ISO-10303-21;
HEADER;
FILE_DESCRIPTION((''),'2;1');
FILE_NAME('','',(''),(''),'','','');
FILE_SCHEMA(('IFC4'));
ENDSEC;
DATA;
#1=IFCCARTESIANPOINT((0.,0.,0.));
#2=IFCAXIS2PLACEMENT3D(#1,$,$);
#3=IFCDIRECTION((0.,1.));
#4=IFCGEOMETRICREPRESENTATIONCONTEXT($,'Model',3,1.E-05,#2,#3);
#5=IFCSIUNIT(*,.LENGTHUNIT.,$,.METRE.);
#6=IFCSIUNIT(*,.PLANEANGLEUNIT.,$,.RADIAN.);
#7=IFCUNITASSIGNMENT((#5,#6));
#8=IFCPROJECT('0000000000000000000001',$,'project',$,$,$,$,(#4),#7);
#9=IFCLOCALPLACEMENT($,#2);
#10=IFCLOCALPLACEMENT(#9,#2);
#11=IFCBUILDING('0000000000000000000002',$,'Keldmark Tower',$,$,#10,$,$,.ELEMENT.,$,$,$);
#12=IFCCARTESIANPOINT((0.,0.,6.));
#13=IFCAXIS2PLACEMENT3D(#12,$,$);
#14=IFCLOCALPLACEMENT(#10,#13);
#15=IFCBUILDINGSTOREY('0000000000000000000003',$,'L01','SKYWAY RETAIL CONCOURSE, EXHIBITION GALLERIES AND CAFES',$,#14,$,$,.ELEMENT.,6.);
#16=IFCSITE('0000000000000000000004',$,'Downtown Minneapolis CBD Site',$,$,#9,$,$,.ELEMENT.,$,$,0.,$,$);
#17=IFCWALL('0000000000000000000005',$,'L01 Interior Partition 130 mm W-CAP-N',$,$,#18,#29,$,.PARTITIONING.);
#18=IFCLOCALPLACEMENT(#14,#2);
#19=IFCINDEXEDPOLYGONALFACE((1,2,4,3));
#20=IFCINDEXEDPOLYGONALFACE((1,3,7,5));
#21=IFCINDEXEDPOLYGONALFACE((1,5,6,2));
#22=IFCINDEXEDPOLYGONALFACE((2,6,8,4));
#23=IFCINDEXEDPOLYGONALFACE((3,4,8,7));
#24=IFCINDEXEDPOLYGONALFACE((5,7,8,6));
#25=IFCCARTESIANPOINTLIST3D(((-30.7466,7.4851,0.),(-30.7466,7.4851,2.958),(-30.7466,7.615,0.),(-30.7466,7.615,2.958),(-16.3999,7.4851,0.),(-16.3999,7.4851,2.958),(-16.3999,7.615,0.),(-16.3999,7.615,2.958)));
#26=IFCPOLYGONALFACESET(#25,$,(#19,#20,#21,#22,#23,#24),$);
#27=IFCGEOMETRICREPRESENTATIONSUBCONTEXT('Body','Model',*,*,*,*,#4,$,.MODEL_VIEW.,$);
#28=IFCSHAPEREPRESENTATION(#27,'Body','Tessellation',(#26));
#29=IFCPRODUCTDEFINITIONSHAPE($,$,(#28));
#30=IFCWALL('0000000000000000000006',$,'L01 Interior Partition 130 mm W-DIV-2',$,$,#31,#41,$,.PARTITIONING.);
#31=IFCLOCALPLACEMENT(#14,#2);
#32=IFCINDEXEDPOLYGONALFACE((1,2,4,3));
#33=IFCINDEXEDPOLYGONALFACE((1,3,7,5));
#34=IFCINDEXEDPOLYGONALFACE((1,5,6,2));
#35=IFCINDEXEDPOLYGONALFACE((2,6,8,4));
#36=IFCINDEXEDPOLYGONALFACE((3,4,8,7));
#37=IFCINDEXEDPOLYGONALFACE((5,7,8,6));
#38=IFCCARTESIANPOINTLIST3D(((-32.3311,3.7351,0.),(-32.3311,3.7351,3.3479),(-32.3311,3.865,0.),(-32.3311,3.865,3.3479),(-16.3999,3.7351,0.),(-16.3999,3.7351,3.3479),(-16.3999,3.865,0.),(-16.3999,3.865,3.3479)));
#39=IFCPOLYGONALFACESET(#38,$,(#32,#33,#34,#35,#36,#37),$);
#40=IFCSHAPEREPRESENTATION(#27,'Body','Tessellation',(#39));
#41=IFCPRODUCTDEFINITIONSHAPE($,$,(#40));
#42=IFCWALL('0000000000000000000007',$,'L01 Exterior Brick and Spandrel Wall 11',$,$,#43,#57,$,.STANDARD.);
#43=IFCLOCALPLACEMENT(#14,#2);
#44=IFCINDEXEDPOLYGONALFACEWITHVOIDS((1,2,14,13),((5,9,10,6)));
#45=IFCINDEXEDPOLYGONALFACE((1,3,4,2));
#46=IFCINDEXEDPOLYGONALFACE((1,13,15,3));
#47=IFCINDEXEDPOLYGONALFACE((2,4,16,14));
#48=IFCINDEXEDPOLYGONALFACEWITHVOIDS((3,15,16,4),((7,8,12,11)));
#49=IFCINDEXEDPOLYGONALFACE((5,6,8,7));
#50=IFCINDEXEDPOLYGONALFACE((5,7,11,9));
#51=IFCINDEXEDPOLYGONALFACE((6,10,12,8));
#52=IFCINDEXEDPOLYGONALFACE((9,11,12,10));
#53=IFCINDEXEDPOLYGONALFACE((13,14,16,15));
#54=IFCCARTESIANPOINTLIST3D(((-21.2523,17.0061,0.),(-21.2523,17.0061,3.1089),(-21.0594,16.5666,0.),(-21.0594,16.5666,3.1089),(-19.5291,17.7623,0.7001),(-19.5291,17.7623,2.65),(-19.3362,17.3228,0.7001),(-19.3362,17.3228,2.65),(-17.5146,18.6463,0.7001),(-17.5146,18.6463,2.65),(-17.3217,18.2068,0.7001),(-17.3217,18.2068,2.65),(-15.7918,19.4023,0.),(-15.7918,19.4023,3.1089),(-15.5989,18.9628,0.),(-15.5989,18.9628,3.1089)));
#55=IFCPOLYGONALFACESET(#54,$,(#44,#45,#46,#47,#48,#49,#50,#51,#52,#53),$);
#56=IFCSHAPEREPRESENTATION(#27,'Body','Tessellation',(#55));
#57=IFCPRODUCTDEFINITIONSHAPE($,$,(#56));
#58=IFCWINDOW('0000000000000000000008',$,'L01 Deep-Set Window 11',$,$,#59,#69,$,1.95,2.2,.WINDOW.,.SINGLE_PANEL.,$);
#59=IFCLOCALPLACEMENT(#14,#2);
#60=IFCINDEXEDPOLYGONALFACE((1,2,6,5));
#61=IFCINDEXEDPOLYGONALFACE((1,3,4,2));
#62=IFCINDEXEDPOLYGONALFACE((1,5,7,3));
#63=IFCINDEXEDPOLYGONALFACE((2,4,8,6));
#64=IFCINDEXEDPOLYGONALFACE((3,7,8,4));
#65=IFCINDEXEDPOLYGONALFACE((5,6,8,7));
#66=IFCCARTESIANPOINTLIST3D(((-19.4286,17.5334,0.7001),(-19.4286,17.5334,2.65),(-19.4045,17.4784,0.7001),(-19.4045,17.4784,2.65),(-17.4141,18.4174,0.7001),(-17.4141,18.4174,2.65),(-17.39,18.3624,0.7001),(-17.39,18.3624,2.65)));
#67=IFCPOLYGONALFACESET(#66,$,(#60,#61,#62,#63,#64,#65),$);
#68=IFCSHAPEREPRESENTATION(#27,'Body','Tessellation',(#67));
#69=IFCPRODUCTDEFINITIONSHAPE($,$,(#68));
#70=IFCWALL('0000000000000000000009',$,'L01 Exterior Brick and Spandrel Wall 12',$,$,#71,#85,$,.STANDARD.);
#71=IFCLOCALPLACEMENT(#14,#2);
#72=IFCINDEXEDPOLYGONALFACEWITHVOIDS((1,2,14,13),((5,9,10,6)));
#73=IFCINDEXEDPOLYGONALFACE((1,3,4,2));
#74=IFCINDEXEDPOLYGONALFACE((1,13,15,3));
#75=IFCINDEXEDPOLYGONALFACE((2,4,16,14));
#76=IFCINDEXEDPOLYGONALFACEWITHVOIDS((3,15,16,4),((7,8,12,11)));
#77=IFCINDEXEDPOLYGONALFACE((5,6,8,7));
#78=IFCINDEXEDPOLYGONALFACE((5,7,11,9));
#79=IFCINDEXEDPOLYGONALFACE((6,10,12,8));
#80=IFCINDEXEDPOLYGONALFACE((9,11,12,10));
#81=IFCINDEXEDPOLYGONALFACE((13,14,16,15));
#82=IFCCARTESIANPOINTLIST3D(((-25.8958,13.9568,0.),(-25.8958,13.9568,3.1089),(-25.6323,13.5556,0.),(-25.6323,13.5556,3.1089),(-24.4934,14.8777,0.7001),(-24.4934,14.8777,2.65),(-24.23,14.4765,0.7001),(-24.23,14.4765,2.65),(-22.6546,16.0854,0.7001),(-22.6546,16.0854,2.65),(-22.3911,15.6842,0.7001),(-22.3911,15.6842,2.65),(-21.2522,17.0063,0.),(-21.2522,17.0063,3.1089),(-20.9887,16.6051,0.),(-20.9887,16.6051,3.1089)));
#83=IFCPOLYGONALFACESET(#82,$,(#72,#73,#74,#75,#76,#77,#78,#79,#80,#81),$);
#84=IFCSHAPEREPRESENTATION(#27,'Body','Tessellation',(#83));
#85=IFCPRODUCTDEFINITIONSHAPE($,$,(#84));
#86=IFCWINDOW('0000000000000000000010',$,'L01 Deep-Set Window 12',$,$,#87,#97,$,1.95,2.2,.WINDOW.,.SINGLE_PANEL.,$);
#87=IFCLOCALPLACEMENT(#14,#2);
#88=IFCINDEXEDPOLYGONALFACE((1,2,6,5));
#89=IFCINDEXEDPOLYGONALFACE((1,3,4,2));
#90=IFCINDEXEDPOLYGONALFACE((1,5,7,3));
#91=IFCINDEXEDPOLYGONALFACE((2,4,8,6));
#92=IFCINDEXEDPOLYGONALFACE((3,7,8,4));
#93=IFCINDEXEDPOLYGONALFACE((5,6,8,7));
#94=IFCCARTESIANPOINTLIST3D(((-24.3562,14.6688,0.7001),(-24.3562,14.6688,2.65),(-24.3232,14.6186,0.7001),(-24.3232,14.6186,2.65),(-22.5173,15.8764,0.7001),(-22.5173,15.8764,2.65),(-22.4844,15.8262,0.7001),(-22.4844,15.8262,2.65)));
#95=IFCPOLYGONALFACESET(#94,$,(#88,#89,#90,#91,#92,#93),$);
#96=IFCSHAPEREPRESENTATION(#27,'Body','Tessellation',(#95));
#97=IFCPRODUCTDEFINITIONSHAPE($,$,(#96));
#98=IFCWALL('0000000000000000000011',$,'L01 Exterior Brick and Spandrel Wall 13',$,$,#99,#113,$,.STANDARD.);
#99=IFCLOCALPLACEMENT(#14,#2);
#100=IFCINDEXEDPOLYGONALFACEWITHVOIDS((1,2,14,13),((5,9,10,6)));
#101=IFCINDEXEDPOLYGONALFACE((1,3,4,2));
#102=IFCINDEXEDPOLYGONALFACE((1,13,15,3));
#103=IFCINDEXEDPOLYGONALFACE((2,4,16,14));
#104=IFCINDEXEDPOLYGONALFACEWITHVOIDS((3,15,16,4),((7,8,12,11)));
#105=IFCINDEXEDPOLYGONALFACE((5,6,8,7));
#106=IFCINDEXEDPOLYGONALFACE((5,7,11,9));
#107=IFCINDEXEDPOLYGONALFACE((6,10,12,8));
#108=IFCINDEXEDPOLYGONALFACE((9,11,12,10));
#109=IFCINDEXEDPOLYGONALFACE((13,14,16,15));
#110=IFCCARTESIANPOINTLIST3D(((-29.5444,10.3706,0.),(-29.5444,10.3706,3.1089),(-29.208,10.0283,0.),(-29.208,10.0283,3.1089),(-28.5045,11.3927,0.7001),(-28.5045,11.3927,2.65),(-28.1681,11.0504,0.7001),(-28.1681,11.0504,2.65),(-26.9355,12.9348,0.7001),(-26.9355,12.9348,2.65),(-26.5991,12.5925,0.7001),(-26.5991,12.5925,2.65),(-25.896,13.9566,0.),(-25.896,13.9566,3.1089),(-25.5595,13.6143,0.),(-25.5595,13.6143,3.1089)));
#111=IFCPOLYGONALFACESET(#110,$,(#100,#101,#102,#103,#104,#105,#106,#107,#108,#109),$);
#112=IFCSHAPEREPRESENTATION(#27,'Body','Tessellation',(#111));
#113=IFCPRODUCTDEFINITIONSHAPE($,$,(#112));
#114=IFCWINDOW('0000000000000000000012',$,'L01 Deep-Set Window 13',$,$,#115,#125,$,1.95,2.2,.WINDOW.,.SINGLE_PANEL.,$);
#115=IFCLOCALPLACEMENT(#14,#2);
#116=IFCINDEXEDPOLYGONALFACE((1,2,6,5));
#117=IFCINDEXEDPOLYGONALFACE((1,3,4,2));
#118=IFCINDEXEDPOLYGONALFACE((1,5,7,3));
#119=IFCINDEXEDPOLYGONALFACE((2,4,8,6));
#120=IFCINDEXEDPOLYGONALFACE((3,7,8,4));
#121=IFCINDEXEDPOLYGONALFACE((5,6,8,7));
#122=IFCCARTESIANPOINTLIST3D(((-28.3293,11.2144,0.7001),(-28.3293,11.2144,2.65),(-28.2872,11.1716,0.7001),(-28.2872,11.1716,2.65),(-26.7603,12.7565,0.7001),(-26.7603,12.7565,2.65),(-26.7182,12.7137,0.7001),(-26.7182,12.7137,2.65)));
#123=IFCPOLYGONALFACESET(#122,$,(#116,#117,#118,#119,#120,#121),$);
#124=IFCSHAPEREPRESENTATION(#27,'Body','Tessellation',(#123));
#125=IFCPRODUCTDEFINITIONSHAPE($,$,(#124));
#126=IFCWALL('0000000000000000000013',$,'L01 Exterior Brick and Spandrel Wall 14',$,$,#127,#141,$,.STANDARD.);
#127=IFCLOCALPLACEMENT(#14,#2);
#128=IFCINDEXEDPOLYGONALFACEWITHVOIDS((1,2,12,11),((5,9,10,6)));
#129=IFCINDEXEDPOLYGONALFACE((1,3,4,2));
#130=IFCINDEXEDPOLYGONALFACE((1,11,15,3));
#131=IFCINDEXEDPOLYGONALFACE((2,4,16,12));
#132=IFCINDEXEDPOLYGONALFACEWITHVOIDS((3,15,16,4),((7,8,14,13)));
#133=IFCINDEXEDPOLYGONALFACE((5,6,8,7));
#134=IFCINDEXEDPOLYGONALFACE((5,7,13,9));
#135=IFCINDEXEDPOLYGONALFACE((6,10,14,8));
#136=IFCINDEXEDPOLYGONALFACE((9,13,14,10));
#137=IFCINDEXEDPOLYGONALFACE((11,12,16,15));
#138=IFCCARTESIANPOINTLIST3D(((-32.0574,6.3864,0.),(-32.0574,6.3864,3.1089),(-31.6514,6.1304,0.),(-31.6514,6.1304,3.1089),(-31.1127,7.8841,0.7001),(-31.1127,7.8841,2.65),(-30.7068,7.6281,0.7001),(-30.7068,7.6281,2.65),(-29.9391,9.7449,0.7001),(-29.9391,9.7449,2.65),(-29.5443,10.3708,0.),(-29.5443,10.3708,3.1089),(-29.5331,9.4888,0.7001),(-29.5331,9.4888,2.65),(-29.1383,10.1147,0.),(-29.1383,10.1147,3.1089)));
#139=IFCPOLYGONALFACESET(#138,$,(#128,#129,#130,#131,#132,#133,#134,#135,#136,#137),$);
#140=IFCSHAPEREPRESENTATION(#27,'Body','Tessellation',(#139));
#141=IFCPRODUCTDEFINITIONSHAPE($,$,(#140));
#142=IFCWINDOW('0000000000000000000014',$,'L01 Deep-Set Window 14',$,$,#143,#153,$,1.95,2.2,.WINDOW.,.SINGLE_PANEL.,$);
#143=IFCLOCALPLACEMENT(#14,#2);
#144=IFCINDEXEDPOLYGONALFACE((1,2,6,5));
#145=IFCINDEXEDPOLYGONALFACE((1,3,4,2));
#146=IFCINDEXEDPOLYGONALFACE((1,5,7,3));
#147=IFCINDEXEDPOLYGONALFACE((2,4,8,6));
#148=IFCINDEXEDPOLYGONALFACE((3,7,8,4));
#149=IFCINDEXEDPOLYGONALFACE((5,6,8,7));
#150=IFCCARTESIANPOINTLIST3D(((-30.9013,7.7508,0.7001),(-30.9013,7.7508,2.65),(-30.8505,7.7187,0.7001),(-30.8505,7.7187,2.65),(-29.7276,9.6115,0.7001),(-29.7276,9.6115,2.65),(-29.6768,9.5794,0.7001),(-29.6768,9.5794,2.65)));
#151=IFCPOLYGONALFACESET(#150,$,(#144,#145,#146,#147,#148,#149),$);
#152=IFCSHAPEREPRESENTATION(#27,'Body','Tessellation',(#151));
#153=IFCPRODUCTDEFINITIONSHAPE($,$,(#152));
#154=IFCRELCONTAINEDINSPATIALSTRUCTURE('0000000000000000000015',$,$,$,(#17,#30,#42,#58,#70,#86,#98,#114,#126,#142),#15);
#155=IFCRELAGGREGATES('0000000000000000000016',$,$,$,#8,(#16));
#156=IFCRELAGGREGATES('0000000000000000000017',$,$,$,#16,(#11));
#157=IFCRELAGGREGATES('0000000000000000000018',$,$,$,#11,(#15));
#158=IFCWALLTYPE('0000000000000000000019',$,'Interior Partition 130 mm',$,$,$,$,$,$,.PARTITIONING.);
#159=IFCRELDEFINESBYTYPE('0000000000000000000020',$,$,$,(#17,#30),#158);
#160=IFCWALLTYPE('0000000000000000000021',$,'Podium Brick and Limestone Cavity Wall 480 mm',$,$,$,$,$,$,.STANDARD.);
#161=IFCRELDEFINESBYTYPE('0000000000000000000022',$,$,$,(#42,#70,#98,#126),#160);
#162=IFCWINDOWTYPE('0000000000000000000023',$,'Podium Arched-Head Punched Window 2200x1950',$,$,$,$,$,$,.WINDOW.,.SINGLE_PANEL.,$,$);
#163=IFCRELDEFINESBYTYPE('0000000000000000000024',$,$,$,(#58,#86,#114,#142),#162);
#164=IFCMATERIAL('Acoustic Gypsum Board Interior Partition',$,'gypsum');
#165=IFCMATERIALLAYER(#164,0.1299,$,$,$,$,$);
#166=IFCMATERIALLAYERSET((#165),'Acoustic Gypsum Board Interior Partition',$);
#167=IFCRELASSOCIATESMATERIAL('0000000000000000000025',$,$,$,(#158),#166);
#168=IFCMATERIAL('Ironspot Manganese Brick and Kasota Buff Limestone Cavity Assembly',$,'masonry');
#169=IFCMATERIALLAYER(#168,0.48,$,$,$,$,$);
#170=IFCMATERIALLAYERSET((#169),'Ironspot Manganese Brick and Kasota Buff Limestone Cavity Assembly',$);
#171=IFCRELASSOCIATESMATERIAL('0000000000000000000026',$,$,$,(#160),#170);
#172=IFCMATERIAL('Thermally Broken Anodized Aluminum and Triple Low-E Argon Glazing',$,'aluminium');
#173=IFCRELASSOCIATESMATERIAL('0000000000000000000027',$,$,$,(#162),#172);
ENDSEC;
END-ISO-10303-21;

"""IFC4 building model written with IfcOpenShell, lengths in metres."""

from ifc_helpers import new_model, si_unit, direction, frame, frame_2d, origin, place, context, subcontext, project, spatial, rectangle, extrude, material, layer, layer_set, type_object, element, fill, save


model = new_model("IFC4")

# Units and contexts
model_context = context("Model", 3, precision=1e-05, world=origin(), true_north=direction((0.0, 1.0)))
body_context = subcontext(model_context, "Body", "Model", "MODEL_VIEW")
ifc_project = project(units=[si_unit("LENGTHUNIT", "METRE"), si_unit("PLANEANGLEUNIT", "RADIAN")], contexts=[model_context])

# Site, building, storey
site_placement = place(None, origin())
site = spatial("IfcSite", under=ifc_project, at=site_placement, Name="Downtown Minneapolis CBD Site", CompositionType="ELEMENT", RefElevation=0.0)
building_placement = place(site_placement, origin())
building = spatial("IfcBuilding", under=site, at=building_placement, Name="Keldmark Tower", CompositionType="ELEMENT")
storey_placement = place(building_placement, frame((0.0, 0.0, 6.0)))
storey = spatial("IfcBuildingStorey", under=building, at=storey_placement, Name="L01", Description="SKYWAY RETAIL CONCOURSE, EXHIBITION GALLERIES AND CAFES", CompositionType="ELEMENT", Elevation=6.0)

# Walls
ifc_material_1 = material(Name="Acoustic Gypsum Board Interior Partition", Category="gypsum")
ifc_layer_1 = layer(ifc_material_1, 0.1299)
ifc_layer_set_1 = layer_set([ifc_layer_1], Name="Acoustic Gypsum Board Interior Partition")
wall_type_1 = type_object("IfcWallType", Name="Interior Partition 130 mm", PredefinedType="PARTITIONING", material=ifc_layer_set_1)
wall_1_placement = place(storey_placement, frame((-30.7466, 7.55, 0.0), z_axis=(0.0, 0.0, 1.0), x_axis=(1.0, 0.0, 0.0)))
element("IfcWall", 1, at=wall_1_placement, inside=storey, type_object=wall_type_1, Name="L01 Interior Partition 130 mm W-CAP-N", PredefinedType="PARTITIONING", context=body_context, shape_type="SweptSolid", body=[
    extrude(rectangle(XDim=14.3467, YDim=0.1299, at=frame_2d((7.1733, 0.0))), origin(), (0.0, 0.0, 1.0), 2.958),
])
wall_2_placement = place(storey_placement, frame((-32.3311, 3.8, 0.0), z_axis=(0.0, 0.0, 1.0), x_axis=(1.0, 0.0, 0.0)))
element("IfcWall", 2, at=wall_2_placement, inside=storey, type_object=wall_type_1, Name="L01 Interior Partition 130 mm W-DIV-2", PredefinedType="PARTITIONING", context=body_context, shape_type="SweptSolid", body=[
    extrude(rectangle(XDim=15.9312, YDim=0.1299, at=frame_2d((7.9656, 0.0))), origin(), (0.0, 0.0, 1.0), 3.3479),
])

# Walls, openings, windows
ifc_material_2 = material(Name="Ironspot Manganese Brick and Kasota Buff Limestone Cavity Assembly", Category="masonry")
ifc_layer_2 = layer(ifc_material_2, 0.48)
ifc_layer_set_2 = layer_set([ifc_layer_2], Name="Ironspot Manganese Brick and Kasota Buff Limestone Cavity Assembly")
wall_type_2 = type_object("IfcWallType", Name="Podium Brick and Limestone Cavity Wall 480 mm", PredefinedType="STANDARD", material=ifc_layer_set_2)
wall_3_placement = place(storey_placement, frame((-21.1558, 16.7864, 0.0), z_axis=(0.0, 0.0, 1.0), x_axis=(0.915708, 0.401845, 0.0)))
wall_3 = element("IfcWall", 3, at=wall_3_placement, inside=storey, type_object=wall_type_2, Name="L01 Exterior Brick and Spandrel Wall 11", PredefinedType="STANDARD", context=body_context, shape_type="SweptSolid", body=[
    extrude(rectangle(XDim=5.9631, YDim=0.48, at=frame_2d((2.9814, 0.0))), origin(), (0.0, 0.0, 1.0), 3.1089),
])
opening_1_placement = place(wall_3_placement, frame((1.8816, 0.0, 0.7)))
opening_1 = element("IfcOpeningElement", 4, at=opening_1_placement, cuts=wall_3, PredefinedType="OPENING", context=body_context, shape_type="SweptSolid", body=[
    extrude(rectangle(XDim=2.2, YDim=1.95, at=frame_2d((1.1001, 0.9751))), frame((0.0, 0.25, 0.0), z_axis=(0.0, -1.0, 0.0), x_axis=(1.0, 0.0, 0.0)), (0.0, 0.0, 1.0), 0.5),
])
ifc_material_3 = material(Name="Thermally Broken Anodized Aluminum and Triple Low-E Argon Glazing", Category="aluminium")
window_type = type_object("IfcWindowType", Name="Podium Arched-Head Punched Window 2200x1950", PartitioningType="SINGLE_PANEL", PredefinedType="WINDOW", material=ifc_material_3)
window_1_placement = place(opening_1_placement, origin())
window_1 = element("IfcWindow", 5, at=window_1_placement, inside=storey, type_object=window_type, Name="L01 Deep-Set Window 11", OverallHeight=1.95, OverallWidth=2.2, PartitioningType="SINGLE_PANEL", PredefinedType="WINDOW", context=body_context, shape_type="SweptSolid", body=[
    extrude(rectangle(XDim=2.2, YDim=1.95, at=frame_2d((1.1001, 0.9751))), frame((0.0, -0.01, 0.0), z_axis=(0.0, -1.0, 0.0), x_axis=(1.0, 0.0, 0.0)), (0.0, 0.0, 1.0), 0.0601),
])
fill(opening_1, window_1)
wall_4_placement = place(storey_placement, frame((-25.7642, 13.7561, 0.0), z_axis=(0.0, 0.0, 1.0), x_axis=(0.835864, 0.548937, 0.0)))
wall_4 = element("IfcWall", 6, at=wall_4_placement, inside=storey, type_object=wall_type_2, Name="L01 Exterior Brick and Spandrel Wall 12", PredefinedType="STANDARD", context=body_context, shape_type="SweptSolid", body=[
    extrude(rectangle(XDim=5.5554, YDim=0.48, at=frame_2d((2.7778, 0.0))), origin(), (0.0, 0.0, 1.0), 3.1089),
])
opening_2_placement = place(wall_4_placement, frame((1.6777, 0.0, 0.7)))
opening_2 = element("IfcOpeningElement", 7, at=opening_2_placement, cuts=wall_4, PredefinedType="OPENING", context=body_context, shape_type="SweptSolid", body=[
    extrude(rectangle(XDim=2.2, YDim=1.95, at=frame_2d((1.1001, 0.9751))), frame((0.0, 0.25, 0.0), z_axis=(0.0, -1.0, 0.0), x_axis=(1.0, 0.0, 0.0)), (0.0, 0.0, 1.0), 0.5),
])
window_2_placement = place(opening_2_placement, origin())
window_2 = element("IfcWindow", 8, at=window_2_placement, inside=storey, type_object=window_type, Name="L01 Deep-Set Window 12", OverallHeight=1.95, OverallWidth=2.2, PartitioningType="SINGLE_PANEL", PredefinedType="WINDOW", context=body_context, shape_type="SweptSolid", body=[
    extrude(rectangle(XDim=2.2, YDim=1.95, at=frame_2d((1.1001, 0.9751))), frame((0.0, -0.01, 0.0), z_axis=(0.0, -1.0, 0.0), x_axis=(1.0, 0.0, 0.0)), (0.0, 0.0, 1.0), 0.0601),
])
fill(opening_2, window_2)
wall_5_placement = place(storey_placement, frame((-29.3762, 10.1995, 0.0), z_axis=(0.0, 0.0, 1.0), x_axis=(0.713189, 0.700972, 0.0)))
wall_5 = element("IfcWall", 9, at=wall_5_placement, inside=storey, type_object=wall_type_2, Name="L01 Exterior Brick and Spandrel Wall 13", PredefinedType="STANDARD", context=body_context, shape_type="SweptSolid", body=[
    extrude(rectangle(XDim=5.1157, YDim=0.48, at=frame_2d((2.5579, 0.0))), origin(), (0.0, 0.0, 1.0), 3.1089),
])
opening_3_placement = place(wall_5_placement, frame((1.458, 0.0, 0.7)))
opening_3 = element("IfcOpeningElement", 10, at=opening_3_placement, cuts=wall_5, PredefinedType="OPENING", context=body_context, shape_type="SweptSolid", body=[
    extrude(rectangle(XDim=2.2, YDim=1.95, at=frame_2d((1.1001, 0.9751))), frame((0.0, 0.25, 0.0), z_axis=(0.0, -1.0, 0.0), x_axis=(1.0, 0.0, 0.0)), (0.0, 0.0, 1.0), 0.5),
])
window_3_placement = place(opening_3_placement, origin())
window_3 = element("IfcWindow", 11, at=window_3_placement, inside=storey, type_object=window_type, Name="L01 Deep-Set Window 13", OverallHeight=1.95, OverallWidth=2.2, PartitioningType="SINGLE_PANEL", PredefinedType="WINDOW", context=body_context, shape_type="SweptSolid", body=[
    extrude(rectangle(XDim=2.2, YDim=1.95, at=frame_2d((1.1001, 0.9751))), frame((0.0, -0.01, 0.0), z_axis=(0.0, -1.0, 0.0), x_axis=(1.0, 0.0, 0.0)), (0.0, 0.0, 1.0), 0.0601),
])
fill(opening_3, window_3)
wall_6_placement = place(storey_placement, frame((-31.8545, 6.2583, 0.0), z_axis=(0.0, 0.0, 1.0), x_axis=(0.533498, 0.845802, 0.0)))
wall_6 = element("IfcWall", 12, at=wall_6_placement, inside=storey, type_object=wall_type_2, Name="L01 Exterior Brick and Spandrel Wall 14", PredefinedType="STANDARD", context=body_context, shape_type="SweptSolid", body=[
    extrude(rectangle(XDim=4.7107, YDim=0.48, at=frame_2d((2.3555, 0.0))), origin(), (0.0, 0.0, 1.0), 3.1089),
])
opening_4_placement = place(wall_6_placement, frame((1.7708, 0.0, 0.7)))
opening_4 = element("IfcOpeningElement", 13, at=opening_4_placement, cuts=wall_6, PredefinedType="OPENING", context=body_context, shape_type="SweptSolid", body=[
    extrude(rectangle(XDim=2.2, YDim=1.95, at=frame_2d((1.1001, 0.9751))), frame((0.0, 0.25, 0.0), z_axis=(0.0, -1.0, 0.0), x_axis=(1.0, 0.0, 0.0)), (0.0, 0.0, 1.0), 0.5),
])
window_4_placement = place(opening_4_placement, origin())
window_4 = element("IfcWindow", 14, at=window_4_placement, inside=storey, type_object=window_type, Name="L01 Deep-Set Window 14", OverallHeight=1.95, OverallWidth=2.2, PartitioningType="SINGLE_PANEL", PredefinedType="WINDOW", context=body_context, shape_type="SweptSolid", body=[
    extrude(rectangle(XDim=2.2, YDim=1.95, at=frame_2d((1.1001, 0.9751))), frame((0.0, -0.01, 0.0), z_axis=(0.0, -1.0, 0.0), x_axis=(1.0, 0.0, 0.0)), (0.0, 0.0, 1.0), 0.0601),
])
fill(opening_4, window_4)

save(model, "model.ifc")
